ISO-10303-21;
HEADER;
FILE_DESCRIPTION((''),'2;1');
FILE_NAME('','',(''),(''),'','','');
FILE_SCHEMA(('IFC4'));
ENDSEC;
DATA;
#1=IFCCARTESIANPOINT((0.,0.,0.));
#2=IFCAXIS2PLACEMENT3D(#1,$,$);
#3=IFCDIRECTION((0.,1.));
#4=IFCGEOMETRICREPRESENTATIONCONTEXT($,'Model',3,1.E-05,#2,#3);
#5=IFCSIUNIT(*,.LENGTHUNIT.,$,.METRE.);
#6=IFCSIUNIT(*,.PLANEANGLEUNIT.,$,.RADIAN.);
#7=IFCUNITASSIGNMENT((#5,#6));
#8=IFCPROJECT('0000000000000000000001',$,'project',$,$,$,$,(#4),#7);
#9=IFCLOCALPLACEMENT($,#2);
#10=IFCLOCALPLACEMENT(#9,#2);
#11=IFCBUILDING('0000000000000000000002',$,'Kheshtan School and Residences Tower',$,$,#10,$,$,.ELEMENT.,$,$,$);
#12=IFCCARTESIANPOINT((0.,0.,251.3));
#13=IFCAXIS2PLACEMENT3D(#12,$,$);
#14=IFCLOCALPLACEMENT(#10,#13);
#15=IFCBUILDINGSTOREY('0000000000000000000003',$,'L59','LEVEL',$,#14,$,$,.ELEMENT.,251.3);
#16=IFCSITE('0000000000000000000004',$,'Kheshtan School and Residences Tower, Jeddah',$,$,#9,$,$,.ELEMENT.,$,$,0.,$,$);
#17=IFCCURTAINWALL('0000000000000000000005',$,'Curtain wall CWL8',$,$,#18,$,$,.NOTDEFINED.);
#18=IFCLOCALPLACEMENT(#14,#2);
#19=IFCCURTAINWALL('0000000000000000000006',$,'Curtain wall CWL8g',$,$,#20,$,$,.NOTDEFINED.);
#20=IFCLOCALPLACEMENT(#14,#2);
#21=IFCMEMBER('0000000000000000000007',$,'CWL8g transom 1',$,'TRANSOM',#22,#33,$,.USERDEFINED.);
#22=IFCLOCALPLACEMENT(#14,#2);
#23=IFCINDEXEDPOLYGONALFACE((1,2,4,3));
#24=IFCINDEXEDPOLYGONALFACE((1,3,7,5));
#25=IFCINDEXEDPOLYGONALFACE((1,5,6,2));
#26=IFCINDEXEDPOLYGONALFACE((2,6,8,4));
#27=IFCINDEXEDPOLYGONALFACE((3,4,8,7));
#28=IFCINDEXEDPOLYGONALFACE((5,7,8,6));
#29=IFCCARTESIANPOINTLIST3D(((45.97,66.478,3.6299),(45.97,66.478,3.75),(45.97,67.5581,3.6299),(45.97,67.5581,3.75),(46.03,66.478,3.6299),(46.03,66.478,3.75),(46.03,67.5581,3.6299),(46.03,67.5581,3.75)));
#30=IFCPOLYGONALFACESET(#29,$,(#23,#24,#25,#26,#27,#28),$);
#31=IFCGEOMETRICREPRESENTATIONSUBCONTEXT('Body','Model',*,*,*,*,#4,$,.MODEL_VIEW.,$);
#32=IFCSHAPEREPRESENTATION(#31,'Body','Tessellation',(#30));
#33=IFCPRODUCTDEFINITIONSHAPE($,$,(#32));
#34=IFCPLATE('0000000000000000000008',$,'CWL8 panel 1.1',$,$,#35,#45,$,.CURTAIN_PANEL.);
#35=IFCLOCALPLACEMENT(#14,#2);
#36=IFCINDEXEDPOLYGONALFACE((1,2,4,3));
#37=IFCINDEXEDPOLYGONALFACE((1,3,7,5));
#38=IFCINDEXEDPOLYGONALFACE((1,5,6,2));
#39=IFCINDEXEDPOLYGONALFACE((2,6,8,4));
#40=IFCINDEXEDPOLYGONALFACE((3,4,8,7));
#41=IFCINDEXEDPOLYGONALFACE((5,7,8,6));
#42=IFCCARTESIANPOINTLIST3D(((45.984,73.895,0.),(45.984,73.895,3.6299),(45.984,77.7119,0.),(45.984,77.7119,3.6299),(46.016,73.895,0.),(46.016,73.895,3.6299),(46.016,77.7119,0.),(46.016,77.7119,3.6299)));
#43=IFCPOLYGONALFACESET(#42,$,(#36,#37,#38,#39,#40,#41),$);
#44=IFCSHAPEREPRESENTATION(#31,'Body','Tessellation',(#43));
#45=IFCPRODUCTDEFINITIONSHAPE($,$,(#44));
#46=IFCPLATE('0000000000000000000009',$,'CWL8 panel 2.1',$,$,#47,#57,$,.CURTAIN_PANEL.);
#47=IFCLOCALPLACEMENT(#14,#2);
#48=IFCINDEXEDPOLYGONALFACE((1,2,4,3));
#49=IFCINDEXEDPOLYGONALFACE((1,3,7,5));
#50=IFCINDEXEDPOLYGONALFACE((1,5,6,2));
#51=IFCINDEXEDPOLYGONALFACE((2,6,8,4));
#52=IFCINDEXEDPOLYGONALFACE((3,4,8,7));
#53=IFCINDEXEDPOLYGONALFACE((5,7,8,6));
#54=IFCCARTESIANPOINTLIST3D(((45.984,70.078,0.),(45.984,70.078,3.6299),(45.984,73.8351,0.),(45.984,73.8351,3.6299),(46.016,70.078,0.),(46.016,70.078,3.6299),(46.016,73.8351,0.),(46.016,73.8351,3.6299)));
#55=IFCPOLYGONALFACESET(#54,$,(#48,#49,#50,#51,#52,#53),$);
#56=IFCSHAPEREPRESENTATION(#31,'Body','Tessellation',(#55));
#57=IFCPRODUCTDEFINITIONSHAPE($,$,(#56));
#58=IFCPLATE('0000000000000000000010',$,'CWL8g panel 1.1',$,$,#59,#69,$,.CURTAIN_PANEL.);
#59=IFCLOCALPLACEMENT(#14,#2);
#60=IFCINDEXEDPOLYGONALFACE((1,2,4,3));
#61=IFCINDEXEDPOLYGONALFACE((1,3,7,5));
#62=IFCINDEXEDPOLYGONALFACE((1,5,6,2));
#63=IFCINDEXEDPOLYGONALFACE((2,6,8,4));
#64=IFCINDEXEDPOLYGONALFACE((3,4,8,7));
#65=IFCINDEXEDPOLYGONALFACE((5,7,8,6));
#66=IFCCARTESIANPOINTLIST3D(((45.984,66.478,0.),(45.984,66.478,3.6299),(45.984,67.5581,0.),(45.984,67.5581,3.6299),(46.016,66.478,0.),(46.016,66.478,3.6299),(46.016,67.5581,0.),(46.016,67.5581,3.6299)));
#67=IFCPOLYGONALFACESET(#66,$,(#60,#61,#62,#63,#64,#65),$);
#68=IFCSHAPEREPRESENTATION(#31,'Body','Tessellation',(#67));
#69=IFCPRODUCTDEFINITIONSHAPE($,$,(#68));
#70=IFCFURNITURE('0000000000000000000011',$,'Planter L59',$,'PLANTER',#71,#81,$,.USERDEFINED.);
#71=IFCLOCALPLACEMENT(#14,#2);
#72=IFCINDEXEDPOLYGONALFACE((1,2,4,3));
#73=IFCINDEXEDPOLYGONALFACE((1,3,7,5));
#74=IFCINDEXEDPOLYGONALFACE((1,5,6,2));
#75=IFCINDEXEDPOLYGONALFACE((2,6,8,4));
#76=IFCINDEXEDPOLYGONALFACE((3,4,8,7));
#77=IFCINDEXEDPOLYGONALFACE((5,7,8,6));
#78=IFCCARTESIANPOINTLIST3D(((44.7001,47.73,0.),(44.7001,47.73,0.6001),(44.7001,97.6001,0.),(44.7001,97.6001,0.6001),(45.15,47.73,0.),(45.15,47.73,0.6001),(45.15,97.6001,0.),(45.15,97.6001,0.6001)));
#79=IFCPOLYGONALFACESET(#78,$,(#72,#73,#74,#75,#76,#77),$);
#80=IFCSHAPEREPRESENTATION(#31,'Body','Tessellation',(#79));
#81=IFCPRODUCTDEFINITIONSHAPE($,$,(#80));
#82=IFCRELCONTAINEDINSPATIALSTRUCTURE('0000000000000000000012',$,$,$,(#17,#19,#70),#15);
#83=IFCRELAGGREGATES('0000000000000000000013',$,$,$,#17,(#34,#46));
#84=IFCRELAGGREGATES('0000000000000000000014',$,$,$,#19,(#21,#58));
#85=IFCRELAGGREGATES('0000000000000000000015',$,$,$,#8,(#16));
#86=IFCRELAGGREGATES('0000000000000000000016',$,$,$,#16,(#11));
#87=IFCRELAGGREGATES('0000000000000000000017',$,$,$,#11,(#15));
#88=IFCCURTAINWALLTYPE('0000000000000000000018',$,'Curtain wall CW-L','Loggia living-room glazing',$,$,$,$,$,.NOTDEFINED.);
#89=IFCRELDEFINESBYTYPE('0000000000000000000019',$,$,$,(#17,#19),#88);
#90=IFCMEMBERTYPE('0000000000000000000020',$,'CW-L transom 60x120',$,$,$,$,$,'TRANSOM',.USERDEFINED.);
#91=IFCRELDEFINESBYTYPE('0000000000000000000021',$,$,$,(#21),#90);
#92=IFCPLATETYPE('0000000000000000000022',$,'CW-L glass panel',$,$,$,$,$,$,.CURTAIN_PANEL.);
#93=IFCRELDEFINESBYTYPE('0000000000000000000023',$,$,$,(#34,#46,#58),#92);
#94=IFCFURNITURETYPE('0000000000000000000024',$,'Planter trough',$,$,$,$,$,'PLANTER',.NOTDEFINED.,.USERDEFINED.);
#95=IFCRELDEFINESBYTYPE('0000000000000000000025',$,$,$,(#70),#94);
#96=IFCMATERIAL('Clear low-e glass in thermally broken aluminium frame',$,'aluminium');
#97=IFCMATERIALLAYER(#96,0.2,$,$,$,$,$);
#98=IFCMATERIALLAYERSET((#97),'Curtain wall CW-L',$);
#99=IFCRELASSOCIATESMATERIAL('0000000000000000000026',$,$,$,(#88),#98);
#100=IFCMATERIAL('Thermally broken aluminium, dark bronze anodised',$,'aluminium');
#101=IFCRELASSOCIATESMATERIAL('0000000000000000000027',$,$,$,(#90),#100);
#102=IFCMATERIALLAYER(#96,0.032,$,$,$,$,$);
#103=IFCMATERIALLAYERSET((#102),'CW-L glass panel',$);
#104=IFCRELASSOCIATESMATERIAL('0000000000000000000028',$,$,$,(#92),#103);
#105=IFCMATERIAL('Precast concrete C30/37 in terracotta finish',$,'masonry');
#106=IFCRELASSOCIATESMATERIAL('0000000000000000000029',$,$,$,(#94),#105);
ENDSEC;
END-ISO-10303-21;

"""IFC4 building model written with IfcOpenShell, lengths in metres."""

from ifc_helpers import new_model, si_unit, direction, frame, origin, origin_2d, place, context, subcontext, project, spatial, rectangle, extrude, material, layer, layer_set, material_profile, profile_set, type_object, element, aggregate, save


model = new_model("IFC4")

# Units and contexts
model_context = context("Model", 3, precision=1e-05, world=origin(), true_north=direction((0.0, 1.0)))
body_context = subcontext(model_context, "Body", "Model", "MODEL_VIEW")
ifc_project = project(units=[si_unit("LENGTHUNIT", "METRE"), si_unit("PLANEANGLEUNIT", "RADIAN")], contexts=[model_context])

# Site, building, storey
site_placement = place(None, origin())
site = spatial("IfcSite", under=ifc_project, at=site_placement, Name="Kheshtan School and Residences Tower, Jeddah", CompositionType="ELEMENT", RefElevation=0.0)
building_placement = place(site_placement, origin())
building = spatial("IfcBuilding", under=site, at=building_placement, Name="Kheshtan School and Residences Tower", CompositionType="ELEMENT")
storey_placement = place(building_placement, frame((0.0, 0.0, 251.3)))
storey = spatial("IfcBuildingStorey", under=building, at=storey_placement, Name="L59", Description="LEVEL", CompositionType="ELEMENT", Elevation=251.3)

# Shared definitions
ifc_material_1 = material(Name="Clear low-e glass in thermally broken aluminium frame", Category="aluminium")
ifc_layer_1 = layer(ifc_material_1, 0.2)
ifc_layer_set_1 = layer_set([ifc_layer_1], Name="Curtain wall CW-L")
curtain_wall_type = type_object("IfcCurtainWallType", Name="Curtain wall CW-L", Description="Loggia living-room glazing", PredefinedType="NOTDEFINED", material=ifc_layer_set_1)
ifc_material_2 = material(Name="Thermally broken aluminium, dark bronze anodised", Category="aluminium")

# Curtain walls
curtain_wall_1_placement = place(storey_placement, origin())
curtain_wall_1 = element("IfcCurtainWall", 1, at=curtain_wall_1_placement, inside=storey, type_object=curtain_wall_type, Name="Curtain wall CWL8", PredefinedType="NOTDEFINED")
curtain_wall_2_placement = place(storey_placement, origin())
curtain_wall_2 = element("IfcCurtainWall", 2, at=curtain_wall_2_placement, inside=storey, type_object=curtain_wall_type, Name="Curtain wall CWL8g", PredefinedType="NOTDEFINED")

# Member
ifc_material_profile_1 = material_profile(ifc_material_2, rectangle(XDim=0.0601, YDim=0.1201, at=origin_2d()), Name="CW-L transom 60x120")
ifc_profile_set_1 = profile_set([ifc_material_profile_1], Name="Thermally broken aluminium, dark bronze anodised")
member_type_1 = type_object("IfcMemberType", Name="CW-L transom 60x120", ElementType="TRANSOM", PredefinedType="USERDEFINED", material=ifc_profile_set_1)
member_1_placement = place(storey_placement, frame((46.0, 67.5581, 3.6899), z_axis=(0.0, -1.0, 0.0), x_axis=(1.0, 0.0, 0.0)))
member_1 = element("IfcMember", 3, at=member_1_placement, type_object=member_type_1, Name="CWL8g transom 1", ObjectType="TRANSOM", PredefinedType="USERDEFINED", context=body_context, shape_type="SweptSolid", body=[
    extrude(rectangle(XDim=0.0601, YDim=0.1201, at=origin_2d()), origin(), (0.0, 0.0, 1.0), 1.0801),
])

# Plates
ifc_layer_2 = layer(ifc_material_1, 0.032)
ifc_layer_set_2 = layer_set([ifc_layer_2], Name="CW-L glass panel")
plate_type = type_object("IfcPlateType", Name="CW-L glass panel", PredefinedType="CURTAIN_PANEL", material=ifc_layer_set_2)
plate_1_placement = place(storey_placement, frame((46.0, 75.8035, 0.0), z_axis=(0.0, 0.0, 1.0), x_axis=(0.0, -1.0, 0.0)))
plate_1 = element("IfcPlate", 4, at=plate_1_placement, type_object=plate_type, Name="CWL8 panel 1.1", PredefinedType="CURTAIN_PANEL", context=body_context, shape_type="SweptSolid", body=[
    extrude(rectangle(XDim=3.8169, YDim=0.032, at=origin_2d()), origin(), (0.0, 0.0, 1.0), 3.6299),
])
plate_2_placement = place(storey_placement, frame((46.0, 71.9565, 0.0), z_axis=(0.0, 0.0, 1.0), x_axis=(0.0, -1.0, 0.0)))
plate_2 = element("IfcPlate", 5, at=plate_2_placement, type_object=plate_type, Name="CWL8 panel 2.1", PredefinedType="CURTAIN_PANEL", context=body_context, shape_type="SweptSolid", body=[
    extrude(rectangle(XDim=3.7571, YDim=0.032, at=origin_2d()), origin(), (0.0, 0.0, 1.0), 3.6299),
])
aggregate(curtain_wall_1, [plate_1, plate_2])
plate_3_placement = place(storey_placement, frame((46.0, 67.0181, 0.0), z_axis=(0.0, 0.0, 1.0), x_axis=(0.0, -1.0, 0.0)))
plate_3 = element("IfcPlate", 6, at=plate_3_placement, type_object=plate_type, Name="CWL8g panel 1.1", PredefinedType="CURTAIN_PANEL", context=body_context, shape_type="SweptSolid", body=[
    extrude(rectangle(XDim=1.0801, YDim=0.032, at=origin_2d()), origin(), (0.0, 0.0, 1.0), 3.6299),
])
aggregate(curtain_wall_2, [member_1, plate_3])

# Furniture
ifc_material_3 = material(Name="Precast concrete C30/37 in terracotta finish", Category="masonry")
furniture_type = type_object("IfcFurnitureType", Name="Planter trough", ElementType="PLANTER", AssemblyPlace="NOTDEFINED", PredefinedType="USERDEFINED", material=ifc_material_3)
furniture_placement = place(storey_placement, frame((44.925, 72.665, 0.0), z_axis=(0.0, 0.0, 1.0), x_axis=(0.0, -1.0, 0.0)))
element("IfcFurniture", 7, at=furniture_placement, inside=storey, type_object=furniture_type, Name="Planter L59", ObjectType="PLANTER", PredefinedType="USERDEFINED", context=body_context, shape_type="SweptSolid", body=[
    extrude(rectangle(XDim=49.8701, YDim=0.45, at=origin_2d()), origin(), (0.0, 0.0, 1.0), 0.6001),
])

save(model, "model.ifc")
